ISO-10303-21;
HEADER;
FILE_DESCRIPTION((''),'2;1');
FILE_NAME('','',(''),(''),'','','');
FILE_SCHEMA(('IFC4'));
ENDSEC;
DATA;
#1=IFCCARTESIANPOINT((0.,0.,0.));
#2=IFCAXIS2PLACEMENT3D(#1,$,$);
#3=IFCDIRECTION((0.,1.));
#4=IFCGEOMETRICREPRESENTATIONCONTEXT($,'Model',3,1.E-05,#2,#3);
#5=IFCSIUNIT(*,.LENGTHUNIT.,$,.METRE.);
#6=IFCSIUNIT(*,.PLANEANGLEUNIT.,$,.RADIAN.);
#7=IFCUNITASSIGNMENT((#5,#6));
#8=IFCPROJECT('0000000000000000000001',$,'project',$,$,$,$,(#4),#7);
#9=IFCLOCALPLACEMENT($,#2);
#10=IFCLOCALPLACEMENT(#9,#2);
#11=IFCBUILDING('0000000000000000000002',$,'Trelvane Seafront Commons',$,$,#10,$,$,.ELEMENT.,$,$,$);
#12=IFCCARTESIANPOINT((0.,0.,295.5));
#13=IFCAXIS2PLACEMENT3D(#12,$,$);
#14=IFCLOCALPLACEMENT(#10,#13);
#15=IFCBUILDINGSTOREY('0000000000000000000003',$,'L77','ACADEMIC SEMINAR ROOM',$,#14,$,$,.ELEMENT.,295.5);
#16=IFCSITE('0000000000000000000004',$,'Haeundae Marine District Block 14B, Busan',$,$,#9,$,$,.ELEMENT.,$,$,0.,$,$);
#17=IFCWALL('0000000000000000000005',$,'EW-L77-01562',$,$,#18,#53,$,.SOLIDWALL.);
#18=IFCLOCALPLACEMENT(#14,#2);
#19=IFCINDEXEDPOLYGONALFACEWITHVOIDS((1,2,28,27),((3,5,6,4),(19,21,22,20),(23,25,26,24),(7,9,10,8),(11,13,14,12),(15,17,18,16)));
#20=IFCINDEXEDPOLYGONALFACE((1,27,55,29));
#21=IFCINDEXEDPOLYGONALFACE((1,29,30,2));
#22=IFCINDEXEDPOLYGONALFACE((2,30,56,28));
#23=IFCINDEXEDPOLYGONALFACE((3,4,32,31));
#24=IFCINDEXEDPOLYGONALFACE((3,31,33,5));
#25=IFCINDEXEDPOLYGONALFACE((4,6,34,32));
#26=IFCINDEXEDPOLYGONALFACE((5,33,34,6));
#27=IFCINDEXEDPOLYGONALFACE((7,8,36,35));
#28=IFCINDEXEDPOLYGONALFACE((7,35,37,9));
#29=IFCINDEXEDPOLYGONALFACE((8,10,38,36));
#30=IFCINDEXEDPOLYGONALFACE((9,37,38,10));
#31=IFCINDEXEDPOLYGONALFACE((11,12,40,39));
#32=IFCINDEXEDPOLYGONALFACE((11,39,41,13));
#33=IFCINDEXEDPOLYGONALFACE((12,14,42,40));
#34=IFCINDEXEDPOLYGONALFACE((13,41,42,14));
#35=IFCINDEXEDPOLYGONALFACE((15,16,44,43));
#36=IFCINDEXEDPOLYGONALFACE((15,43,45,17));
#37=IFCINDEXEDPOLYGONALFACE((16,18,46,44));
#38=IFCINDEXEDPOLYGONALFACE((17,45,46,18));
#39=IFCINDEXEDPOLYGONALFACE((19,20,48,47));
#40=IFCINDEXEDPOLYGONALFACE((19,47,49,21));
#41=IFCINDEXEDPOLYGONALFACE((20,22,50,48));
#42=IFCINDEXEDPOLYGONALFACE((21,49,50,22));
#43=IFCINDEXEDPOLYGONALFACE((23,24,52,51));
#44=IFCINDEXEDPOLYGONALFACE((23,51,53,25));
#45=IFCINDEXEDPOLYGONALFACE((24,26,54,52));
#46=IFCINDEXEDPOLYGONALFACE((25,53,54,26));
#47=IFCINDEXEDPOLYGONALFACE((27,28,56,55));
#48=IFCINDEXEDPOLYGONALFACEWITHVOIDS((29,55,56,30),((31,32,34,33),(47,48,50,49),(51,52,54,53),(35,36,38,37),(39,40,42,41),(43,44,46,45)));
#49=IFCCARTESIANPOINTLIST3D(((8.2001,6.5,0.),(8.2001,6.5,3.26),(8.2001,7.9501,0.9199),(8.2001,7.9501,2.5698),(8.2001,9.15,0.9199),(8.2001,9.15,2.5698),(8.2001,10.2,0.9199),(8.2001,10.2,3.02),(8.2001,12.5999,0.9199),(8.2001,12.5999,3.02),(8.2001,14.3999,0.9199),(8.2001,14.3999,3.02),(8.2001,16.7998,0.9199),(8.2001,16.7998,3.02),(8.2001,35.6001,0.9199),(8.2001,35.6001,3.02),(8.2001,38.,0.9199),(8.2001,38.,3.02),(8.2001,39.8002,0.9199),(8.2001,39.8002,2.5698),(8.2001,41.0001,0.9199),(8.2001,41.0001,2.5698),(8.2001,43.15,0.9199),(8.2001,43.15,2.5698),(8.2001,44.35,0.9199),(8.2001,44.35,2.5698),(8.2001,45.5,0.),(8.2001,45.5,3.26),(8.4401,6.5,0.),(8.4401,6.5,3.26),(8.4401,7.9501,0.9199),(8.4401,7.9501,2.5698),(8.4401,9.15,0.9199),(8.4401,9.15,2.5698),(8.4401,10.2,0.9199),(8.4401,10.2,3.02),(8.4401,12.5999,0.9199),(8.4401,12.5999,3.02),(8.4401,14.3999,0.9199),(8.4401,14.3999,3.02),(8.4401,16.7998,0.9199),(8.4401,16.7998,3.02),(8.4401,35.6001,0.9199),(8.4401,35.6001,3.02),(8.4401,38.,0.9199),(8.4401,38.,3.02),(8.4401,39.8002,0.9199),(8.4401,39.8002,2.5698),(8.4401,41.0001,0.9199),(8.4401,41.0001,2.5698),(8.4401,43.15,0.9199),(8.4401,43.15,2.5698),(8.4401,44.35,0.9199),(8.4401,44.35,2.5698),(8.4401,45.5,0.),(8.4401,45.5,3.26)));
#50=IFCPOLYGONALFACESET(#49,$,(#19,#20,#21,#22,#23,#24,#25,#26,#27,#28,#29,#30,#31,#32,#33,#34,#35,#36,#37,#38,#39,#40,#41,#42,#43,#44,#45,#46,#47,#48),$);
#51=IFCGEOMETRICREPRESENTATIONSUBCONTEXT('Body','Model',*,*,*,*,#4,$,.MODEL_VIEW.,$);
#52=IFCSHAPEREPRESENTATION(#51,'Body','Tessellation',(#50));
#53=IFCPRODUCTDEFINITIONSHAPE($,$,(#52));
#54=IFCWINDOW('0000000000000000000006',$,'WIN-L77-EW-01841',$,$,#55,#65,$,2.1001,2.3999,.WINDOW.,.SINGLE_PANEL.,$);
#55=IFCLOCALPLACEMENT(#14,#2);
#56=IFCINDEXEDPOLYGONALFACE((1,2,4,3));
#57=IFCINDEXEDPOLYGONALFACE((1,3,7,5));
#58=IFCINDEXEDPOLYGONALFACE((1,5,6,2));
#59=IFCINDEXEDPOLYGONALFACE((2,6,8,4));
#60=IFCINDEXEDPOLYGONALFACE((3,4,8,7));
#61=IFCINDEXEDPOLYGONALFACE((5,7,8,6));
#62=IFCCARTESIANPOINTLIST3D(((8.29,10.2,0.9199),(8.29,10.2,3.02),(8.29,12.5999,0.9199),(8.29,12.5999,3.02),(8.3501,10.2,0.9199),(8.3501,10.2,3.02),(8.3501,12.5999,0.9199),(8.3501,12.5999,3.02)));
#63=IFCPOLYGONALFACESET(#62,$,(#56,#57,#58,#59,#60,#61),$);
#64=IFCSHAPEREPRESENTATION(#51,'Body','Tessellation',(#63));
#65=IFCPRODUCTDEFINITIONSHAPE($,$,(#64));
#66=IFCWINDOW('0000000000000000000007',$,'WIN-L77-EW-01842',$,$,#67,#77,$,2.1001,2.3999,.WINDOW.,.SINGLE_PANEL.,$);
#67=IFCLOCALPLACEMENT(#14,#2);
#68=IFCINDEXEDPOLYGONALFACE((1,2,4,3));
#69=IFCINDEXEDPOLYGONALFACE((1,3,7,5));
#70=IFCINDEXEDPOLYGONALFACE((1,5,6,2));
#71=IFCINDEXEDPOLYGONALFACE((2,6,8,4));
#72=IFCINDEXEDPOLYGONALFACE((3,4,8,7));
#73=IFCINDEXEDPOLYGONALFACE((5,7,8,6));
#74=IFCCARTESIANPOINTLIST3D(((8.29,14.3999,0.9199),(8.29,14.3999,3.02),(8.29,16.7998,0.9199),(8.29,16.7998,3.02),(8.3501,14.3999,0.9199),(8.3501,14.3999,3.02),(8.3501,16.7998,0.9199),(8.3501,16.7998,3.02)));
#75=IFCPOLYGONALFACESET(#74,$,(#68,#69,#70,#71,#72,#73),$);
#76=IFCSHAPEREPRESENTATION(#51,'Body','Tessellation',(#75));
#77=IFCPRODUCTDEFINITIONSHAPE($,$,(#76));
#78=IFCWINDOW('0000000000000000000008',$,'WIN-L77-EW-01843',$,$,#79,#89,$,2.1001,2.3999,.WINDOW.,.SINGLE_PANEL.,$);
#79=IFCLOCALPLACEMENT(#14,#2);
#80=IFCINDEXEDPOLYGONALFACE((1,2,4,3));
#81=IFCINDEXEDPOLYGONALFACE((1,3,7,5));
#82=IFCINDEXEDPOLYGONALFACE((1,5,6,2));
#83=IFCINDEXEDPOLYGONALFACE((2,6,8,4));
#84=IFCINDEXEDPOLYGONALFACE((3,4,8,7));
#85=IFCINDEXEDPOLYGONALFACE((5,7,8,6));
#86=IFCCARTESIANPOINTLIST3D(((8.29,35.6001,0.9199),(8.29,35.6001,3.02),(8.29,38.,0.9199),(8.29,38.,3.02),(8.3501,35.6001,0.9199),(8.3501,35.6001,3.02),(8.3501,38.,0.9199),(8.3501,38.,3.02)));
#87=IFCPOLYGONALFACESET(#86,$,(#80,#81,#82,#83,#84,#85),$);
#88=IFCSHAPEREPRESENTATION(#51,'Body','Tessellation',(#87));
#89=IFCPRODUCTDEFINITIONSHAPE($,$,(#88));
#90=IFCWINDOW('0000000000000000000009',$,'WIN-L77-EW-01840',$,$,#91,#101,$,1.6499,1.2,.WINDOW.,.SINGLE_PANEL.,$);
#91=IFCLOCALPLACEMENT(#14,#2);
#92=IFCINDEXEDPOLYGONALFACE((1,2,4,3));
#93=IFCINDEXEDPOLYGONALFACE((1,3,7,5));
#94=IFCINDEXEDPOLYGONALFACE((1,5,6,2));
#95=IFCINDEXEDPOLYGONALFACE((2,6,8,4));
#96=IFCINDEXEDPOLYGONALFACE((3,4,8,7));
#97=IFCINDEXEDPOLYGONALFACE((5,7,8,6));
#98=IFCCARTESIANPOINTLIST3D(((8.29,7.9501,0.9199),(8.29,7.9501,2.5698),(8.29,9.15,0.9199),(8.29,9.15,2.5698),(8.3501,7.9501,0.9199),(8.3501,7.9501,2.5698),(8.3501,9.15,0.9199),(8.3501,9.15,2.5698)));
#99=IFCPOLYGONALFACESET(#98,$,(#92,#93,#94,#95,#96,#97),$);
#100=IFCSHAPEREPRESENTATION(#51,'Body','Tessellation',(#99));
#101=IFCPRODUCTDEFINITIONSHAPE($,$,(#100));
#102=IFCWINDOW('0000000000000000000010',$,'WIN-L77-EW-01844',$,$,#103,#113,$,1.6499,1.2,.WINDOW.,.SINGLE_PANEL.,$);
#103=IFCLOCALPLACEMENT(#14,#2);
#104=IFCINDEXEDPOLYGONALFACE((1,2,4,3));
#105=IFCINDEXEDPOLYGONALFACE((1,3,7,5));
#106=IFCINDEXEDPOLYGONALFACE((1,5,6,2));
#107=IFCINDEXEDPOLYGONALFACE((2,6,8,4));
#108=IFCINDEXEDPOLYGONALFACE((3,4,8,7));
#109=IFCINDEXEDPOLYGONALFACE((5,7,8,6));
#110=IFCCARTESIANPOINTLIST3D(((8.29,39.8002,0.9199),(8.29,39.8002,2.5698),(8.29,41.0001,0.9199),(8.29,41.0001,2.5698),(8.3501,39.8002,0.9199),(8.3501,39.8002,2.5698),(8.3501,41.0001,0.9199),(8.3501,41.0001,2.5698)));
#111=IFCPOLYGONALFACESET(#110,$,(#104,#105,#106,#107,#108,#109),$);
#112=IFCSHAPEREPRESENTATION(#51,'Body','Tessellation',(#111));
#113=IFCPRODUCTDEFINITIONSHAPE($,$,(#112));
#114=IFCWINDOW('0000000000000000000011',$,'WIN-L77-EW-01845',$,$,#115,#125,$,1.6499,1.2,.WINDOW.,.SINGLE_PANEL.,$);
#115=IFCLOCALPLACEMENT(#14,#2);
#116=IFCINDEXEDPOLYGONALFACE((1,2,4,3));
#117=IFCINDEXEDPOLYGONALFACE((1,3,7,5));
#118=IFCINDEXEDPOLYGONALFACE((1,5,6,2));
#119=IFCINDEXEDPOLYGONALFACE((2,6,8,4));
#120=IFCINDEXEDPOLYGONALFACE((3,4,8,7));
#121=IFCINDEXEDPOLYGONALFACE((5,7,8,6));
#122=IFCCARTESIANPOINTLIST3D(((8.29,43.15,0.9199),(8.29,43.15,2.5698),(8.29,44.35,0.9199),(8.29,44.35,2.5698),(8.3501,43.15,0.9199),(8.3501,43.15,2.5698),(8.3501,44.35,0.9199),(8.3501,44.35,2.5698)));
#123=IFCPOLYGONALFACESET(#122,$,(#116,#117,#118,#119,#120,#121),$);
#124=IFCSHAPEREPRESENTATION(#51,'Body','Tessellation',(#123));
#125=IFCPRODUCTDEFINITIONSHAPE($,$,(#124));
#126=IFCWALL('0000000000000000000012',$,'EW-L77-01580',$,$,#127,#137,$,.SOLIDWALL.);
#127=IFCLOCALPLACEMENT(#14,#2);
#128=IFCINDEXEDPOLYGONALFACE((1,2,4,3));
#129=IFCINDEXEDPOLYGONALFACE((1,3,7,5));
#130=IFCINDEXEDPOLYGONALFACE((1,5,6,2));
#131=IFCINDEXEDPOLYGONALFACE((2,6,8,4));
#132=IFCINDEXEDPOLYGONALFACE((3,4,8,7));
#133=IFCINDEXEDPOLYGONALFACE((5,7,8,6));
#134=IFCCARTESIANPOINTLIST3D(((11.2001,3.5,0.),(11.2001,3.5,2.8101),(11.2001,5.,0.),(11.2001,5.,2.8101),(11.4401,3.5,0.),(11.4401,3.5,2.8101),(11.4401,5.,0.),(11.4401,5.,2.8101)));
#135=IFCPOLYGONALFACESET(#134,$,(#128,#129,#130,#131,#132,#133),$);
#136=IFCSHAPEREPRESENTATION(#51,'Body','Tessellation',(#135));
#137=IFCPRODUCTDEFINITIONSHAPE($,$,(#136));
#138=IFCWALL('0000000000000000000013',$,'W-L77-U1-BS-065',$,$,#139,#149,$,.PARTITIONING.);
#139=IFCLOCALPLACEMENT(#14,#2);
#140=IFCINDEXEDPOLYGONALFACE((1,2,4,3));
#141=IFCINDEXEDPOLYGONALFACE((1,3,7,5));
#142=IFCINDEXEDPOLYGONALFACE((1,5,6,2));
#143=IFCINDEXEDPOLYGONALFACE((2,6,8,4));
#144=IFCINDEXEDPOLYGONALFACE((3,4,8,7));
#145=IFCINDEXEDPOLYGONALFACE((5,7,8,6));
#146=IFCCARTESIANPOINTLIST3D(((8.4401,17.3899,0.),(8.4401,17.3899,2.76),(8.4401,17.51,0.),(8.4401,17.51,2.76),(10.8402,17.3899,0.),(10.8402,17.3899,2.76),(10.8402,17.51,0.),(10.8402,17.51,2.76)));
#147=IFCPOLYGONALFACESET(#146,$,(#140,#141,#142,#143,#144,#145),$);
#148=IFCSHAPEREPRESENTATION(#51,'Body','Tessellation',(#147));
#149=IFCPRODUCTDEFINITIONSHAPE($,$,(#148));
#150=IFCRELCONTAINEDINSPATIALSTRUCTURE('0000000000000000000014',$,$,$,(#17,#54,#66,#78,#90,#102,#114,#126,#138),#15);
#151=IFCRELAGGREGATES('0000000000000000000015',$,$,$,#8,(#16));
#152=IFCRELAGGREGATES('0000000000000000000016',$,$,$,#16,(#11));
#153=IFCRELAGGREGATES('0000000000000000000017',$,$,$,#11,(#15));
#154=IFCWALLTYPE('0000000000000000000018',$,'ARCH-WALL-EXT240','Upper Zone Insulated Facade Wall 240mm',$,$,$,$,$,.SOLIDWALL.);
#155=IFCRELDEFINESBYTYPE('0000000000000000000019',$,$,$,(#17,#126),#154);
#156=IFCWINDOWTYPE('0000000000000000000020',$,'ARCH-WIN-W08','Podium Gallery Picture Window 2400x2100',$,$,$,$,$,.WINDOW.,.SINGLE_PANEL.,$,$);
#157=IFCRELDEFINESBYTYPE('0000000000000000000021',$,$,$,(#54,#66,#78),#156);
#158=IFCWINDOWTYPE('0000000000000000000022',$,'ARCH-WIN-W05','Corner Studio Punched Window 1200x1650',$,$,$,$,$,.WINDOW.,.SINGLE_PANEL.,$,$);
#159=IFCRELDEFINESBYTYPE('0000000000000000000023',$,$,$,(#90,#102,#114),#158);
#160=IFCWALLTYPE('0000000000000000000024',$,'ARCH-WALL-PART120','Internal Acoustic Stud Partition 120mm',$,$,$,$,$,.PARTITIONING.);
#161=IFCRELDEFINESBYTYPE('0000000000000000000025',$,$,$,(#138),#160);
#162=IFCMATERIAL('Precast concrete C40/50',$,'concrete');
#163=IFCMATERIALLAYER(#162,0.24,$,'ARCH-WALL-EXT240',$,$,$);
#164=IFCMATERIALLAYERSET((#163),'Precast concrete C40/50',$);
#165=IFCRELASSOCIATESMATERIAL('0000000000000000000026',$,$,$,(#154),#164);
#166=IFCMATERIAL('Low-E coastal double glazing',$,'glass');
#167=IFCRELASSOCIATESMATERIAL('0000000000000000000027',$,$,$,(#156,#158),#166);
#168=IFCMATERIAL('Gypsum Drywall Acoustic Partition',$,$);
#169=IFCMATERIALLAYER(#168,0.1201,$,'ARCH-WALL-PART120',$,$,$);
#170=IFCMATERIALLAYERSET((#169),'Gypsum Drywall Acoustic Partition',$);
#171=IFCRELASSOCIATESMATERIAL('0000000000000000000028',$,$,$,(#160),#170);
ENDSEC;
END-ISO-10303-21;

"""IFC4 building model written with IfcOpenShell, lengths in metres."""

from ifc_helpers import new_model, si_unit, direction, frame, frame_2d, origin, place, context, subcontext, project, spatial, rectangle, extrude, source, transform, mapped, material, layer, layer_set, type_object, element, fill, save


model = new_model("IFC4")

# Units and contexts
model_context = context("Model", 3, precision=1e-05, world=origin(), true_north=direction((0.0, 1.0)))
body_context = subcontext(model_context, "Body", "Model", "MODEL_VIEW")
ifc_project = project(units=[si_unit("LENGTHUNIT", "METRE"), si_unit("PLANEANGLEUNIT", "RADIAN")], contexts=[model_context])

# Site, building, storey
site_placement = place(None, origin())
site = spatial("IfcSite", under=ifc_project, at=site_placement, Name="Haeundae Marine District Block 14B, Busan", CompositionType="ELEMENT", RefElevation=0.0)
building_placement = place(site_placement, origin())
building = spatial("IfcBuilding", under=site, at=building_placement, Name="Trelvane Seafront Commons", CompositionType="ELEMENT")
storey_placement = place(building_placement, frame((0.0, 0.0, 295.5)))
storey = spatial("IfcBuildingStorey", under=building, at=storey_placement, Name="L77", Description="ACADEMIC SEMINAR ROOM", CompositionType="ELEMENT", Elevation=295.5)

# Shared definitions
ifc_material_1 = material(Name="Precast concrete C40/50", Category="concrete")
ifc_layer_1 = layer(ifc_material_1, 0.24, Name="ARCH-WALL-EXT240")
ifc_layer_set_1 = layer_set([ifc_layer_1], Name="Precast concrete C40/50")
wall_type_1 = type_object("IfcWallType", Name="ARCH-WALL-EXT240", Description="Upper Zone Insulated Facade Wall 240mm", PredefinedType="SOLIDWALL", material=ifc_layer_set_1)

# Wall, openings, windows
wall_1_placement = place(storey_placement, frame((8.3201, 6.5, 0.0), z_axis=(0.0, 0.0, 1.0), x_axis=(0.0, 1.0, 0.0)))
wall_1 = element("IfcWall", 1, at=wall_1_placement, inside=storey, type_object=wall_type_1, Name="EW-L77-01562", PredefinedType="SOLIDWALL", context=body_context, shape_type="SweptSolid", body=[
    extrude(rectangle(XDim=39.0, YDim=0.24, at=frame_2d((19.5, 0.0))), origin(), (0.0, 0.0, 1.0), 3.26),
])
opening_1_placement = place(wall_1_placement, frame((1.45, 0.0, 0.9199)))
opening_1 = element("IfcOpeningElement", 2, at=opening_1_placement, cuts=wall_1, PredefinedType="OPENING", context=body_context, shape_type="SweptSolid", body=[
    extrude(rectangle(XDim=1.2, YDim=1.6499, at=frame_2d((0.6001, 0.825))), frame((0.0, 0.1299, 0.0), z_axis=(0.0, -1.0, 0.0), x_axis=(1.0, 0.0, 0.0)), (0.0, 0.0, 1.0), 0.26),
])
opening_2_placement = place(wall_1_placement, frame((3.7, 0.0, 0.9199)))
opening_2 = element("IfcOpeningElement", 3, at=opening_2_placement, cuts=wall_1, PredefinedType="OPENING", context=body_context, shape_type="SweptSolid", body=[
    extrude(rectangle(XDim=2.3999, YDim=2.1001, at=frame_2d((1.2, 1.05))), frame((0.0, 0.1299, 0.0), z_axis=(0.0, -1.0, 0.0), x_axis=(1.0, 0.0, 0.0)), (0.0, 0.0, 1.0), 0.26),
])
opening_3_placement = place(wall_1_placement, frame((7.8999, 0.0, 0.9199)))
opening_3 = element("IfcOpeningElement", 4, at=opening_3_placement, cuts=wall_1, PredefinedType="OPENING", context=body_context, shape_type="SweptSolid", body=[
    extrude(rectangle(XDim=2.3999, YDim=2.1001, at=frame_2d((1.2, 1.05))), frame((0.0, 0.1299, 0.0), z_axis=(0.0, -1.0, 0.0), x_axis=(1.0, 0.0, 0.0)), (0.0, 0.0, 1.0), 0.26),
])
opening_4_placement = place(wall_1_placement, frame((29.1001, 0.0, 0.9199)))
opening_4 = element("IfcOpeningElement", 5, at=opening_4_placement, cuts=wall_1, PredefinedType="OPENING", context=body_context, shape_type="SweptSolid", body=[
    extrude(rectangle(XDim=2.3999, YDim=2.1001, at=frame_2d((1.2, 1.05))), frame((0.0, 0.1299, 0.0), z_axis=(0.0, -1.0, 0.0), x_axis=(1.0, 0.0, 0.0)), (0.0, 0.0, 1.0), 0.26),
])
opening_5_placement = place(wall_1_placement, frame((33.3, 0.0, 0.9199)))
opening_5 = element("IfcOpeningElement", 6, at=opening_5_placement, cuts=wall_1, PredefinedType="OPENING", context=body_context, shape_type="SweptSolid", body=[
    extrude(rectangle(XDim=1.2, YDim=1.6499, at=frame_2d((0.6001, 0.825))), frame((0.0, 0.1299, 0.0), z_axis=(0.0, -1.0, 0.0), x_axis=(1.0, 0.0, 0.0)), (0.0, 0.0, 1.0), 0.26),
])
opening_6_placement = place(wall_1_placement, frame((36.6499, 0.0, 0.9199)))
opening_6 = element("IfcOpeningElement", 7, at=opening_6_placement, cuts=wall_1, PredefinedType="OPENING", context=body_context, shape_type="SweptSolid", body=[
    extrude(rectangle(XDim=1.2, YDim=1.6499, at=frame_2d((0.6001, 0.825))), frame((0.0, 0.1299, 0.0), z_axis=(0.0, -1.0, 0.0), x_axis=(1.0, 0.0, 0.0)), (0.0, 0.0, 1.0), 0.26),
])
ifc_material_2 = material(Name="Low-E coastal double glazing", Category="glass")
window_type_1 = type_object("IfcWindowType", Name="ARCH-WIN-W08", Description="Podium Gallery Picture Window 2400x2100", PartitioningType="SINGLE_PANEL", PredefinedType="WINDOW", material=ifc_material_2)
shared_shape_1 = source(origin(), body_context, "Body", "SweptSolid", [
    extrude(rectangle(XDim=2.3999, YDim=2.1001, at=frame_2d((1.2, 1.05))), frame((0.0, 0.03, 0.0), z_axis=(0.0, -1.0, 0.0), x_axis=(1.0, 0.0, 0.0)), (0.0, 0.0, 1.0), 0.0601),
])
window_1_placement = place(opening_2_placement, origin())
window_1 = element("IfcWindow", 8, at=window_1_placement, inside=storey, type_object=window_type_1, Name="WIN-L77-EW-01841", OverallHeight=2.1001, OverallWidth=2.3999, PartitioningType="SINGLE_PANEL", PredefinedType="WINDOW", context=body_context, shape_type="MappedRepresentation", body=[
    mapped(shared_shape_1, transform((0.0, 0.0, 0.0), x_axis=(1.0, 0.0, 0.0), y_axis=(0.0, 1.0, 0.0), z_axis=(0.0, 0.0, 1.0), scale=1.0)),
])
fill(opening_2, window_1)
window_2_placement = place(opening_3_placement, origin())
window_2 = element("IfcWindow", 9, at=window_2_placement, inside=storey, type_object=window_type_1, Name="WIN-L77-EW-01842", OverallHeight=2.1001, OverallWidth=2.3999, PartitioningType="SINGLE_PANEL", PredefinedType="WINDOW", context=body_context, shape_type="MappedRepresentation", body=[
    mapped(shared_shape_1, transform((0.0, 0.0, 0.0), x_axis=(1.0, 0.0, 0.0), y_axis=(0.0, 1.0, 0.0), z_axis=(0.0, 0.0, 1.0), scale=1.0)),
])
fill(opening_3, window_2)
window_3_placement = place(opening_4_placement, origin())
window_3 = element("IfcWindow", 10, at=window_3_placement, inside=storey, type_object=window_type_1, Name="WIN-L77-EW-01843", OverallHeight=2.1001, OverallWidth=2.3999, PartitioningType="SINGLE_PANEL", PredefinedType="WINDOW", context=body_context, shape_type="MappedRepresentation", body=[
    mapped(shared_shape_1, transform((0.0, 0.0, 0.0), x_axis=(1.0, 0.0, 0.0), y_axis=(0.0, 1.0, 0.0), z_axis=(0.0, 0.0, 1.0), scale=1.0)),
])
fill(opening_4, window_3)
window_type_2 = type_object("IfcWindowType", Name="ARCH-WIN-W05", Description="Corner Studio Punched Window 1200x1650", PartitioningType="SINGLE_PANEL", PredefinedType="WINDOW", material=ifc_material_2)
shared_shape_2 = source(origin(), body_context, "Body", "SweptSolid", [
    extrude(rectangle(XDim=1.2, YDim=1.6499, at=frame_2d((0.6001, 0.825))), frame((0.0, 0.03, 0.0), z_axis=(0.0, -1.0, 0.0), x_axis=(1.0, 0.0, 0.0)), (0.0, 0.0, 1.0), 0.0601),
])
window_4_placement = place(opening_1_placement, origin())
window_4 = element("IfcWindow", 11, at=window_4_placement, inside=storey, type_object=window_type_2, Name="WIN-L77-EW-01840", OverallHeight=1.6499, OverallWidth=1.2, PartitioningType="SINGLE_PANEL", PredefinedType="WINDOW", context=body_context, shape_type="MappedRepresentation", body=[
    mapped(shared_shape_2, transform((0.0, 0.0, 0.0), x_axis=(1.0, 0.0, 0.0), y_axis=(0.0, 1.0, 0.0), z_axis=(0.0, 0.0, 1.0), scale=1.0)),
])
fill(opening_1, window_4)
window_5_placement = place(opening_5_placement, origin())
window_5 = element("IfcWindow", 12, at=window_5_placement, inside=storey, type_object=window_type_2, Name="WIN-L77-EW-01844", OverallHeight=1.6499, OverallWidth=1.2, PartitioningType="SINGLE_PANEL", PredefinedType="WINDOW", context=body_context, shape_type="MappedRepresentation", body=[
    mapped(shared_shape_2, transform((0.0, 0.0, 0.0), x_axis=(1.0, 0.0, 0.0), y_axis=(0.0, 1.0, 0.0), z_axis=(0.0, 0.0, 1.0), scale=1.0)),
])
fill(opening_5, window_5)
window_6_placement = place(opening_6_placement, origin())
window_6 = element("IfcWindow", 13, at=window_6_placement, inside=storey, type_object=window_type_2, Name="WIN-L77-EW-01845", OverallHeight=1.6499, OverallWidth=1.2, PartitioningType="SINGLE_PANEL", PredefinedType="WINDOW", context=body_context, shape_type="MappedRepresentation", body=[
    mapped(shared_shape_2, transform((0.0, 0.0, 0.0), x_axis=(1.0, 0.0, 0.0), y_axis=(0.0, 1.0, 0.0), z_axis=(0.0, 0.0, 1.0), scale=1.0)),
])
fill(opening_6, window_6)

# Walls
wall_2_placement = place(storey_placement, frame((11.3201, 3.5, 0.0), z_axis=(0.0, 0.0, 1.0), x_axis=(0.0, 1.0, 0.0)))
element("IfcWall", 14, at=wall_2_placement, inside=storey, type_object=wall_type_1, Name="EW-L77-01580", PredefinedType="SOLIDWALL", context=body_context, shape_type="SweptSolid", body=[
    extrude(rectangle(XDim=1.5, YDim=0.24, at=frame_2d((0.75, 0.0))), origin(), (0.0, 0.0, 1.0), 2.8101),
])
ifc_material_3 = material(Name="Gypsum Drywall Acoustic Partition")
ifc_layer_2 = layer(ifc_material_3, 0.1201, Name="ARCH-WALL-PART120")
ifc_layer_set_2 = layer_set([ifc_layer_2], Name="Gypsum Drywall Acoustic Partition")
wall_type_2 = type_object("IfcWallType", Name="ARCH-WALL-PART120", Description="Internal Acoustic Stud Partition 120mm", PredefinedType="PARTITIONING", material=ifc_layer_set_2)
wall_3_placement = place(storey_placement, frame((8.4399, 17.45, 0.0), z_axis=(0.0, 0.0, 1.0), x_axis=(1.0, 0.0, 0.0)))
element("IfcWall", 15, at=wall_3_placement, inside=storey, type_object=wall_type_2, Name="W-L77-U1-BS-065", PredefinedType="PARTITIONING", context=body_context, shape_type="SweptSolid", body=[
    extrude(rectangle(XDim=2.4001, YDim=0.1201, at=frame_2d((1.2002, 0.0))), origin(), (0.0, 0.0, 1.0), 2.76),
])

save(model, "model.ifc")
